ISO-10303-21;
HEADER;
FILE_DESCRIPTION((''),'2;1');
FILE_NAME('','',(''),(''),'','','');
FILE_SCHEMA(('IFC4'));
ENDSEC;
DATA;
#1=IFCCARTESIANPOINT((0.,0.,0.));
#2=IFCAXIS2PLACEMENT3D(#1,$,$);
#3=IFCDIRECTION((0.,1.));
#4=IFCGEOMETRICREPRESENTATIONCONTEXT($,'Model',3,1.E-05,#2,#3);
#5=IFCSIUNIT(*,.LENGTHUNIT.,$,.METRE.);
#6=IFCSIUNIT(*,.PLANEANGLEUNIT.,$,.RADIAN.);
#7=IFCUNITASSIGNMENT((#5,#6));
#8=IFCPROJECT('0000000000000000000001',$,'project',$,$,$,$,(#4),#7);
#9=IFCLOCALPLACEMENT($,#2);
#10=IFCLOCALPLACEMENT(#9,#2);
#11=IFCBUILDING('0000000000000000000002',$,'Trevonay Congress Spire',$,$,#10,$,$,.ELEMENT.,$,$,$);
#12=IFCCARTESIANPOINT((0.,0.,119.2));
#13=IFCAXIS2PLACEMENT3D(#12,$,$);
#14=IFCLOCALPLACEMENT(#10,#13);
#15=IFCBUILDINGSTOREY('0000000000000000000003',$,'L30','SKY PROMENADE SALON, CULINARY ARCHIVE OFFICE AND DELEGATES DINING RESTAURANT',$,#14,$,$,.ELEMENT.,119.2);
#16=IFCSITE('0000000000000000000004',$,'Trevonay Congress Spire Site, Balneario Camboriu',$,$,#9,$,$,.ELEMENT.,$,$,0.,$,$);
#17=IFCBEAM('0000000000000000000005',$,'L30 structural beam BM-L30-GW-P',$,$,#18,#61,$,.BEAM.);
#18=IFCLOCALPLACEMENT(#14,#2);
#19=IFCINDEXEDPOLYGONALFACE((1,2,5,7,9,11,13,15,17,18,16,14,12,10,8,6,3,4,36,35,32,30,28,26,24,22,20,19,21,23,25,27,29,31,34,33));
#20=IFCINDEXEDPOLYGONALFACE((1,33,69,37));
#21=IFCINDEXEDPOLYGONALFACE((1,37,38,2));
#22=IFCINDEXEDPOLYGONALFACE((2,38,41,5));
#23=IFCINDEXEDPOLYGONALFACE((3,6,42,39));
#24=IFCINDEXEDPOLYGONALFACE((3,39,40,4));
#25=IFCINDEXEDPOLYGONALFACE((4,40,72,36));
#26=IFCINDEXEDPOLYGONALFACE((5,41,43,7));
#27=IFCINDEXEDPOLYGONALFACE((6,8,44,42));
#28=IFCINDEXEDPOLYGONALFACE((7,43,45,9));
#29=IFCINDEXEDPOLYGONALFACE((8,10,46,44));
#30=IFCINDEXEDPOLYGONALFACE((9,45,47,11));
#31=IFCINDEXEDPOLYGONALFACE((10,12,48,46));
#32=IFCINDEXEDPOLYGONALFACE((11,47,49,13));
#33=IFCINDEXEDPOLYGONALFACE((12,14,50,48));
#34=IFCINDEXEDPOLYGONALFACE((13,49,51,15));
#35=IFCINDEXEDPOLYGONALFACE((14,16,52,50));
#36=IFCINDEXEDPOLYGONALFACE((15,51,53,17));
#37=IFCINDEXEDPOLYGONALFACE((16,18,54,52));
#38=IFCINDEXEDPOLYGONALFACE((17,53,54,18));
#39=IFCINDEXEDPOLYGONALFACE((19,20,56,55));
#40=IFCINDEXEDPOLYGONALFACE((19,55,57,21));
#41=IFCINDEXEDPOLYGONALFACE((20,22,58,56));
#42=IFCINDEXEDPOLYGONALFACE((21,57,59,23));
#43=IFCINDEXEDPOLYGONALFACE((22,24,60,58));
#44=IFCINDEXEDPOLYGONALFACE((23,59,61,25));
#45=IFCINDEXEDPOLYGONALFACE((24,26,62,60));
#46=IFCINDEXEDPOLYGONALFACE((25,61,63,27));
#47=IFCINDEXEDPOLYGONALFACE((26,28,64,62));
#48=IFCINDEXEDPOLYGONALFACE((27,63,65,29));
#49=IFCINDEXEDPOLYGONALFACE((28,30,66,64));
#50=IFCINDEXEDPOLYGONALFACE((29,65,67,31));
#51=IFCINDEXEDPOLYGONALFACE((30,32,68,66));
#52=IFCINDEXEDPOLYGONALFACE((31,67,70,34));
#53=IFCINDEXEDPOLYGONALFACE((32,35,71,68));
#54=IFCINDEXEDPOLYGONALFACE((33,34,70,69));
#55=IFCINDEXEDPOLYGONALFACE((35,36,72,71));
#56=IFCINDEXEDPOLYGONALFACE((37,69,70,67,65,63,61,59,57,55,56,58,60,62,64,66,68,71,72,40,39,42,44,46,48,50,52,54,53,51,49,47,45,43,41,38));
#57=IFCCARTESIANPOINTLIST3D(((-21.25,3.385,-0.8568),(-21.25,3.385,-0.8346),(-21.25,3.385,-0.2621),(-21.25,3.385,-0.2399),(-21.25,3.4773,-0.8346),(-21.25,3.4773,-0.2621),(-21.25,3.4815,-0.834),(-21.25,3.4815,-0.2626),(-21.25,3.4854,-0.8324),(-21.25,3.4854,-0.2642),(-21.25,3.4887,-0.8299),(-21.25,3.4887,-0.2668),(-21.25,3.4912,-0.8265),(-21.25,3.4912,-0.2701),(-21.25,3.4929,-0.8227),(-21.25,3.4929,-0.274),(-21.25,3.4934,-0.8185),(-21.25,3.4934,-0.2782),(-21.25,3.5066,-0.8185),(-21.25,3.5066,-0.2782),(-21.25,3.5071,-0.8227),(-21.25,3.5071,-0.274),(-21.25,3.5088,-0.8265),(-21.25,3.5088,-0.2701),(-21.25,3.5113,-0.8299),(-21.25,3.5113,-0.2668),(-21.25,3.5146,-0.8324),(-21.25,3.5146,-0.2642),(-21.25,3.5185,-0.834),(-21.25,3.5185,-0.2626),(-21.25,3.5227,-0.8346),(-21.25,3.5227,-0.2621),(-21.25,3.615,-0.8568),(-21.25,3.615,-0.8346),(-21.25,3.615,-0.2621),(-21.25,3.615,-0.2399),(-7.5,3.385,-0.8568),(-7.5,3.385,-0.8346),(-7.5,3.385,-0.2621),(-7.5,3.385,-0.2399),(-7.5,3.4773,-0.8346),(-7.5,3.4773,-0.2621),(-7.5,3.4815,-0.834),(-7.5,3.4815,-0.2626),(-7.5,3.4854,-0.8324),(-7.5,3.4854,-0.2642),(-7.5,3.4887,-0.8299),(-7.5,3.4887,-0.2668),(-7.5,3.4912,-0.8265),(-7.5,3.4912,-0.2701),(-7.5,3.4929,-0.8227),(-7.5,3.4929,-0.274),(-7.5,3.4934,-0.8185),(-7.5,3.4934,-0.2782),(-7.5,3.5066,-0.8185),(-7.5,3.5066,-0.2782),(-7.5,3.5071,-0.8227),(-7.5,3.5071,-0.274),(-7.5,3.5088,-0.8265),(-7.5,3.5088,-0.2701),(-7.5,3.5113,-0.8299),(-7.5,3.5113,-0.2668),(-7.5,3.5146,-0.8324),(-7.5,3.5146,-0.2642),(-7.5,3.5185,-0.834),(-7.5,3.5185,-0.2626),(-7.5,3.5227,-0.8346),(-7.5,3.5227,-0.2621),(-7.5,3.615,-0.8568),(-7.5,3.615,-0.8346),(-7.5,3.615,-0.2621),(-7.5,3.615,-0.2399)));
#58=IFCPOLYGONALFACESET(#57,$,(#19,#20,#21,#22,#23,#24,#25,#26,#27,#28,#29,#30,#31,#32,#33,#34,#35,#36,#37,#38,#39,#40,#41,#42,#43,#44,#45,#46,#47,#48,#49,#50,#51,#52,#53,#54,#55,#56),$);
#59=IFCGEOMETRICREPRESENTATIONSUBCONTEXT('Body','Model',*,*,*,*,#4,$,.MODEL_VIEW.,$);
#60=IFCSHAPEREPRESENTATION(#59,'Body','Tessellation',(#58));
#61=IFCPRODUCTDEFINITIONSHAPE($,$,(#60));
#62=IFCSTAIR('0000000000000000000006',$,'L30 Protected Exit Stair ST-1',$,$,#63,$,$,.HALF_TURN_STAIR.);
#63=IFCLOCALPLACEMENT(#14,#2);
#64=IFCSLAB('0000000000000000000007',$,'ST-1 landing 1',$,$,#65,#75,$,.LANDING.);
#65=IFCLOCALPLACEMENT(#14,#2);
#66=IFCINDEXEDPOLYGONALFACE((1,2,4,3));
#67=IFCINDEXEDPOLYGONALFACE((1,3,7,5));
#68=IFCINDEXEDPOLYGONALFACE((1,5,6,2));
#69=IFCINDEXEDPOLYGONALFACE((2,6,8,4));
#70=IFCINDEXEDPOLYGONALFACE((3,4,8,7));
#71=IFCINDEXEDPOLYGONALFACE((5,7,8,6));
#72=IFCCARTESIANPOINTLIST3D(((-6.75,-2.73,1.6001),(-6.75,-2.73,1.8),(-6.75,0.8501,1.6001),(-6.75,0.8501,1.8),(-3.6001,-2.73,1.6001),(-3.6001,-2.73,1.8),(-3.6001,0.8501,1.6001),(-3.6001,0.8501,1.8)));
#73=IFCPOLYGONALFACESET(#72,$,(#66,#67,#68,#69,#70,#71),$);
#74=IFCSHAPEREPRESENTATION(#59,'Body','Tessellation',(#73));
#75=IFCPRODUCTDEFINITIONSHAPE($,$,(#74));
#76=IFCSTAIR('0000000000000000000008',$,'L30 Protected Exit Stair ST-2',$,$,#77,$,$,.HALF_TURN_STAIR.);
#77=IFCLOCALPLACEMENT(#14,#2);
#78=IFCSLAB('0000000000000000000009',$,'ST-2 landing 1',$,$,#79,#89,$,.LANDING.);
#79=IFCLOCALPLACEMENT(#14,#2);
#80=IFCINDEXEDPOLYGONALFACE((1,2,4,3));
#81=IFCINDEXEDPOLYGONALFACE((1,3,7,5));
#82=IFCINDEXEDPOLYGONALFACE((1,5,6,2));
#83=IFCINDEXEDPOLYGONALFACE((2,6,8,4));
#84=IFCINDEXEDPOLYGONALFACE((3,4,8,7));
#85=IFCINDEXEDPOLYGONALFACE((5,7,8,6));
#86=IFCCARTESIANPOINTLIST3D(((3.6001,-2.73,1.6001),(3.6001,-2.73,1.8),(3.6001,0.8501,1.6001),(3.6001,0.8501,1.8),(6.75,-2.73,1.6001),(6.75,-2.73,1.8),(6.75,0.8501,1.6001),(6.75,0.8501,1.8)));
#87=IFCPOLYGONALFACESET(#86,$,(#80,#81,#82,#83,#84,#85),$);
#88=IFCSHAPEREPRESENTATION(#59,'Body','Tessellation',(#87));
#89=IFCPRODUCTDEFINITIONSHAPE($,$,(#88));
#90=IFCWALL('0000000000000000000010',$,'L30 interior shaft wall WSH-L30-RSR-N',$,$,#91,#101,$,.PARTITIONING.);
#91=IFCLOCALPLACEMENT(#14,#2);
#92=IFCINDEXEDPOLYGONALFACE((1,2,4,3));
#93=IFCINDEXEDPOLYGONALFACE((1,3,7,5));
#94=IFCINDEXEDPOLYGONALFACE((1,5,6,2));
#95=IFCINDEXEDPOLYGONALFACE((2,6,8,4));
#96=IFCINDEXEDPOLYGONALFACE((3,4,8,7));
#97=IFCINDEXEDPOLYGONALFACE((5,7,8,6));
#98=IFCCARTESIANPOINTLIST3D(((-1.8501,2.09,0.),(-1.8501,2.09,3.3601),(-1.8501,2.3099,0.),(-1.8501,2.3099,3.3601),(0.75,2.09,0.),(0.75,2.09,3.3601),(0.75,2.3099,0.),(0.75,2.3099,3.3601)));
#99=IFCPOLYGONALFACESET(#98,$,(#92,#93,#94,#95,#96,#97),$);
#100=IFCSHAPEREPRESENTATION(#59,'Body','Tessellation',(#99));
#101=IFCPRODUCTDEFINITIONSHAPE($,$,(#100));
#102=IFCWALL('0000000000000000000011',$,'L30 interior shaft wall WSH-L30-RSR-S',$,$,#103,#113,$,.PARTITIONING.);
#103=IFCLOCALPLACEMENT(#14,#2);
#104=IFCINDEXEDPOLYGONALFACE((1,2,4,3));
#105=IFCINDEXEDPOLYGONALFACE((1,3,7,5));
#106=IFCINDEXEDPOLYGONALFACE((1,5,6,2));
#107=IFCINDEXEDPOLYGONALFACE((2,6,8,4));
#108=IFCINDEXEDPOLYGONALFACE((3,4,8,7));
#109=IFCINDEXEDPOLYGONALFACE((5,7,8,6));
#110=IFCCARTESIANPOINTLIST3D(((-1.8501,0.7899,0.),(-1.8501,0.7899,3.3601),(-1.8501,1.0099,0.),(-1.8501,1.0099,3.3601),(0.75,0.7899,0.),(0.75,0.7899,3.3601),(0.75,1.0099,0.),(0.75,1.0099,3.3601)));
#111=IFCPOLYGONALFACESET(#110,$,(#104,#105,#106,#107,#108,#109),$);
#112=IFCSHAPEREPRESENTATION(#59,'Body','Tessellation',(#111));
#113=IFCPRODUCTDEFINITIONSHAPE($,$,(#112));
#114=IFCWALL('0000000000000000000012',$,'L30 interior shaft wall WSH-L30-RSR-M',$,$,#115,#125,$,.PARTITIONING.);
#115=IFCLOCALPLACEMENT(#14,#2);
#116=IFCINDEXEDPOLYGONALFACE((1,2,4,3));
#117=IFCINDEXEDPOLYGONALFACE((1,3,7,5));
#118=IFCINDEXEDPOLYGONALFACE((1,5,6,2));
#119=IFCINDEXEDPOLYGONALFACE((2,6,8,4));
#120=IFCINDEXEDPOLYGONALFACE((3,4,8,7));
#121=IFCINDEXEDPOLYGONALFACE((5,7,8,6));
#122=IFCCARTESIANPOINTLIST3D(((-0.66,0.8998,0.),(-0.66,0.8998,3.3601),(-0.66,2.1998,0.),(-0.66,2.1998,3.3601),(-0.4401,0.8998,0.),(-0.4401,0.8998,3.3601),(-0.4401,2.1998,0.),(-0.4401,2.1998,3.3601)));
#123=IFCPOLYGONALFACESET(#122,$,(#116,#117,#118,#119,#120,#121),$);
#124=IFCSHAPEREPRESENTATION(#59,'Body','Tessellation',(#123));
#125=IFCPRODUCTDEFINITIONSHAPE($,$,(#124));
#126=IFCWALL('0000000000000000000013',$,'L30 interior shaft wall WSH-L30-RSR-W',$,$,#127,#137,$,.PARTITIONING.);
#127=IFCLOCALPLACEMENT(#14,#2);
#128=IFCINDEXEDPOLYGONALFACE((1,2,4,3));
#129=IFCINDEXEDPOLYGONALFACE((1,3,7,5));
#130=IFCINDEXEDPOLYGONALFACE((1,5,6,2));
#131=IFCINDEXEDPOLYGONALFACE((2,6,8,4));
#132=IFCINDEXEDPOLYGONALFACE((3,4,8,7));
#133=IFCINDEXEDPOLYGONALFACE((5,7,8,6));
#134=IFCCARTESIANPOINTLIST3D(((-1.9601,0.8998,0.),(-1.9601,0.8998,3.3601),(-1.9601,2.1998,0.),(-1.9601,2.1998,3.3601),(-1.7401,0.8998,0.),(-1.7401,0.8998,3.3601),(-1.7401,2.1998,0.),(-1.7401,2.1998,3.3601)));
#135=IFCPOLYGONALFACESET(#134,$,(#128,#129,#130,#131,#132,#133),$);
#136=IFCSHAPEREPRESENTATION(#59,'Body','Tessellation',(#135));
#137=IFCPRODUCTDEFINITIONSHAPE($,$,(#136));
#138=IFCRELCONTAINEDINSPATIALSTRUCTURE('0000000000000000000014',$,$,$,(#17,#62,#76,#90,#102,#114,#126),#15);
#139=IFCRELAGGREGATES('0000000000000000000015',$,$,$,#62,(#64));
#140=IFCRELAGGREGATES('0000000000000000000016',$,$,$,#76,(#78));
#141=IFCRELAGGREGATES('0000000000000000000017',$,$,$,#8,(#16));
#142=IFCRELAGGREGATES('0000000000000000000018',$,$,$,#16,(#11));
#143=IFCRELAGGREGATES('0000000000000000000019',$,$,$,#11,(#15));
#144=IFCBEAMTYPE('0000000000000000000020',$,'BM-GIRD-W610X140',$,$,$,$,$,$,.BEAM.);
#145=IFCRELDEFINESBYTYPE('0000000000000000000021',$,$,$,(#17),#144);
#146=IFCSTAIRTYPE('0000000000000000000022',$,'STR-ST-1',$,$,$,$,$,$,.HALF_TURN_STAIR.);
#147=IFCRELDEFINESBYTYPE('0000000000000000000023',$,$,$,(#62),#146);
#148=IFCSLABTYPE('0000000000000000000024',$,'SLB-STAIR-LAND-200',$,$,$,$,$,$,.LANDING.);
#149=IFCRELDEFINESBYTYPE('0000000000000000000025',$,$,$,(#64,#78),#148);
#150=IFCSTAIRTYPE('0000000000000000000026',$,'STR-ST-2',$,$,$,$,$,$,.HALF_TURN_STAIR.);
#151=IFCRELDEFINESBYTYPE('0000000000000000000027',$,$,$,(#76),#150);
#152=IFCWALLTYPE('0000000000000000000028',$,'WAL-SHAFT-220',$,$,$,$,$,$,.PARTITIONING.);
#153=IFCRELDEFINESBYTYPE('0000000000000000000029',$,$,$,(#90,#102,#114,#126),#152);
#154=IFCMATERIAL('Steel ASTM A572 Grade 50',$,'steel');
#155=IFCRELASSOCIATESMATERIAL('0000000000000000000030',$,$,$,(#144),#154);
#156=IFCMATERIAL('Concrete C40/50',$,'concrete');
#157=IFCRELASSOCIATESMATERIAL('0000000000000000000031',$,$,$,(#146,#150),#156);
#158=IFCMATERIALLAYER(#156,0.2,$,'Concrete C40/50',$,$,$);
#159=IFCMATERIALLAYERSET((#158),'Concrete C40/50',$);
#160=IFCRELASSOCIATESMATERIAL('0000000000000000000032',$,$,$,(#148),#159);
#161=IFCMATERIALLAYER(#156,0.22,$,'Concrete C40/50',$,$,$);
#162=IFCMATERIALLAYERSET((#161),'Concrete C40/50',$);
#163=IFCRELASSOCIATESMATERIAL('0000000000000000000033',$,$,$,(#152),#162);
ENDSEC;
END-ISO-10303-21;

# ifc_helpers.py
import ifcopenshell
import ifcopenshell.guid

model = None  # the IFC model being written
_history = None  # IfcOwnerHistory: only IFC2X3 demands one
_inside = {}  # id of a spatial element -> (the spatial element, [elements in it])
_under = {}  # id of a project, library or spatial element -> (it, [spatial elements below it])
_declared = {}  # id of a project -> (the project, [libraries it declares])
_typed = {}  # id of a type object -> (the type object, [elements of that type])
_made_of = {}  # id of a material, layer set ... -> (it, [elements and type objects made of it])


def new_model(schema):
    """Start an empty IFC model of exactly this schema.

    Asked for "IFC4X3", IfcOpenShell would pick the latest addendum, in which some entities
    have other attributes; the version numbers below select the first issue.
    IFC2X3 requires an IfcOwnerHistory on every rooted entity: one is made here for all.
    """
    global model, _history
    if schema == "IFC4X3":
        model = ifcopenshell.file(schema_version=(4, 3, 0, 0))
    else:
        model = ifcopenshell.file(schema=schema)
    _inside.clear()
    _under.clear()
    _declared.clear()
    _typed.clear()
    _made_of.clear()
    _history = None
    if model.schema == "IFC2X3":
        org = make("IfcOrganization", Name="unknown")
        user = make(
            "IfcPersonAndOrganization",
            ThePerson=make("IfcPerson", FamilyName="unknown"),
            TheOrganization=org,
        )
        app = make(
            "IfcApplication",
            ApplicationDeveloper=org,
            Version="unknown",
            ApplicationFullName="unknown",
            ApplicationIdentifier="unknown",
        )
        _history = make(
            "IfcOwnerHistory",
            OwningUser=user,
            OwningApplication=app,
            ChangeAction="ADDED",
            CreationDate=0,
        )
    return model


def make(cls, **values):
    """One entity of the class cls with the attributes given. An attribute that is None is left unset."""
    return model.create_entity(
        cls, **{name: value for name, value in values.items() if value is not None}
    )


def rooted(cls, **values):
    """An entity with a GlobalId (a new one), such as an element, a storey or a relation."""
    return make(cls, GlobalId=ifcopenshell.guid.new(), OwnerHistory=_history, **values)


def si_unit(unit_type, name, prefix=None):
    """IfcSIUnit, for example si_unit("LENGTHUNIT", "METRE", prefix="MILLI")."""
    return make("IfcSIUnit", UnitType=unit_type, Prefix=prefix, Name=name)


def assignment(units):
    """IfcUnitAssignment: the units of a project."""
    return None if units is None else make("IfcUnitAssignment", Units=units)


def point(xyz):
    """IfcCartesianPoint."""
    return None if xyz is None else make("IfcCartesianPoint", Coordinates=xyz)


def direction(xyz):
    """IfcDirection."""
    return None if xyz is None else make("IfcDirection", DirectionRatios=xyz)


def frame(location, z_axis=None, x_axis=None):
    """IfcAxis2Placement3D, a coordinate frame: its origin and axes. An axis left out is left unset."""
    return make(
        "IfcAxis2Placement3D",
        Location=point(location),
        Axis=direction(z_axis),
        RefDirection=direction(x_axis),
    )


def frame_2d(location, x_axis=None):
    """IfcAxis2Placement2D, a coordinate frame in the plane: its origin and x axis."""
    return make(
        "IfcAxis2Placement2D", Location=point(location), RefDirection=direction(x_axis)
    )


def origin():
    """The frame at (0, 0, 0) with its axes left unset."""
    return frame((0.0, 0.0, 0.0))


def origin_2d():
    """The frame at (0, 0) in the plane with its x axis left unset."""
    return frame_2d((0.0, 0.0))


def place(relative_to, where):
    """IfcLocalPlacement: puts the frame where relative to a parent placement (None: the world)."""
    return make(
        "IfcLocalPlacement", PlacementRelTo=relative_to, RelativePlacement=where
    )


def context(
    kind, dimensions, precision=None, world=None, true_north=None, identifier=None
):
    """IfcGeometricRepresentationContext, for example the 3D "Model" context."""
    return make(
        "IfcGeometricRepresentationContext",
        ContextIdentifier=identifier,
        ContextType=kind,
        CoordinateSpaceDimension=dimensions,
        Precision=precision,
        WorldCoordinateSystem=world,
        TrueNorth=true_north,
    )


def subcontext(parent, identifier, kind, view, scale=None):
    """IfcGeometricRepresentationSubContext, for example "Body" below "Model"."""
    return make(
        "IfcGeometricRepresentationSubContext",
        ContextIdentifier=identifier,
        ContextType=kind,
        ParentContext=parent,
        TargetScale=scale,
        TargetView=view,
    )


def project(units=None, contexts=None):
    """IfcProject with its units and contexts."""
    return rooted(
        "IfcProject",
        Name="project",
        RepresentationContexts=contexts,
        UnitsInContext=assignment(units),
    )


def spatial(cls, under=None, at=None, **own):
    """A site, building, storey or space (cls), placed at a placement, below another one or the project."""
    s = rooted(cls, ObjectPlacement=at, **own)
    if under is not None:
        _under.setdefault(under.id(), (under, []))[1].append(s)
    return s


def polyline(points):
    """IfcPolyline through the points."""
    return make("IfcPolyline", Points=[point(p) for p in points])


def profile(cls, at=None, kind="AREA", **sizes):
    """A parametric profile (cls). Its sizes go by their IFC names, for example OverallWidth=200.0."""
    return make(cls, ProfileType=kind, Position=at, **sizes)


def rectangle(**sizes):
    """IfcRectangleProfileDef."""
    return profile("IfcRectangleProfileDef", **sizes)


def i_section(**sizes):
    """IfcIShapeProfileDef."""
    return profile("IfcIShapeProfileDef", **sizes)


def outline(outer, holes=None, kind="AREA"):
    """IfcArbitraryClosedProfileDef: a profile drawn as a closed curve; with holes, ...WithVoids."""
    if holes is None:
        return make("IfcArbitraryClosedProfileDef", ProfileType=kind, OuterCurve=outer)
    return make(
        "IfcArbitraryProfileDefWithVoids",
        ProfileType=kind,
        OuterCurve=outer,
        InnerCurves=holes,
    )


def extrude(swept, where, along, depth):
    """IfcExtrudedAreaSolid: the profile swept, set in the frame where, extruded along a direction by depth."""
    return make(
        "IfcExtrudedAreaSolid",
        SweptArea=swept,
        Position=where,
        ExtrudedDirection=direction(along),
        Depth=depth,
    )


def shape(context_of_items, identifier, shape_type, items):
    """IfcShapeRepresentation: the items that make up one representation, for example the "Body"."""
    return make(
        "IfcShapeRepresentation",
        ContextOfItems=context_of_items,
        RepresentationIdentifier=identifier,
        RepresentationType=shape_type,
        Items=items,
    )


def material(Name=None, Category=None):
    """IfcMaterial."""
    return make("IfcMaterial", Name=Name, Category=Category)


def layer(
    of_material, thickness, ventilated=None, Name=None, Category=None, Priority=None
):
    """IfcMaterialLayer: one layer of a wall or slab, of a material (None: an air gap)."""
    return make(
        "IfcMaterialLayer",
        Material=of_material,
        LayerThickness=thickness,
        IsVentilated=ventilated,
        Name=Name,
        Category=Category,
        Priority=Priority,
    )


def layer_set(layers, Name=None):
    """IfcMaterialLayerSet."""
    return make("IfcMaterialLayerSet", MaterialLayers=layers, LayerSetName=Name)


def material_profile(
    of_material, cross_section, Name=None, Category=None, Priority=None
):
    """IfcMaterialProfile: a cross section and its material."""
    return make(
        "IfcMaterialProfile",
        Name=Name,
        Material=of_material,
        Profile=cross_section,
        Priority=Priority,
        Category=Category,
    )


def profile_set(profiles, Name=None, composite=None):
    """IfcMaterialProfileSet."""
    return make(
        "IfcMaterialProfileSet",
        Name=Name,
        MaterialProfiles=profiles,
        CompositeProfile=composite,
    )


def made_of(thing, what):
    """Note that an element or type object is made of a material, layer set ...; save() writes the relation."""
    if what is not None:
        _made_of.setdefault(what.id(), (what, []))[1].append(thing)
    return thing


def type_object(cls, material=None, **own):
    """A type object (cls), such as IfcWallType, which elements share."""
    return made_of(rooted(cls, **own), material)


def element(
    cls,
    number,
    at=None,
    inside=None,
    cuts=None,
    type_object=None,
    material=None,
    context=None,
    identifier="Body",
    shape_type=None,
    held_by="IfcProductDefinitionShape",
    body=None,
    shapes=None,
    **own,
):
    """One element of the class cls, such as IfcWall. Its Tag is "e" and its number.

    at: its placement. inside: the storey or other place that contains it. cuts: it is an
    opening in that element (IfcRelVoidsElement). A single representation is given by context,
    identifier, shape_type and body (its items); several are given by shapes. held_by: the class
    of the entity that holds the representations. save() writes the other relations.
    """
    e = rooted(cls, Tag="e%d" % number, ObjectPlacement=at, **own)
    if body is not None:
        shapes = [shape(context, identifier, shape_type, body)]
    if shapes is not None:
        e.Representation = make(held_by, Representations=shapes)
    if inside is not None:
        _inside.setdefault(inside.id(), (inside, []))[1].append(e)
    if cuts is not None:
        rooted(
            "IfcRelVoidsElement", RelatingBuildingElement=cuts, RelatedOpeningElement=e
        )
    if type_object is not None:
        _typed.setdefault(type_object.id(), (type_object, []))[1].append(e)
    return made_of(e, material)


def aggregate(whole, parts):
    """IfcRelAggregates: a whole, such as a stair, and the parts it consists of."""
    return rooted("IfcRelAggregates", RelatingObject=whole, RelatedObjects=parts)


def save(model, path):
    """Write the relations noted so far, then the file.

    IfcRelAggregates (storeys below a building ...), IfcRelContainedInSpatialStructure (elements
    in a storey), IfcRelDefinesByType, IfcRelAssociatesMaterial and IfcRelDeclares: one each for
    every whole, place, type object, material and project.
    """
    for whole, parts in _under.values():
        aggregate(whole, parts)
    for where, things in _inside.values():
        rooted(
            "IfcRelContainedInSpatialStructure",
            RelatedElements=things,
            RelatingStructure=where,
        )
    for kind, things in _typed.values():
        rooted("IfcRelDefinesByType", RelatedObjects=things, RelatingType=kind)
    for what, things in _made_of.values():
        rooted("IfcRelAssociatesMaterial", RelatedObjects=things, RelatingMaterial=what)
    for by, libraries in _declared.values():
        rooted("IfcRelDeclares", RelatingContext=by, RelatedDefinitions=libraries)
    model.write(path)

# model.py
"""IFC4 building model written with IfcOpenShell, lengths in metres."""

from ifc_helpers import new_model, si_unit, direction, frame, frame_2d, origin, origin_2d, place, context, subcontext, project, spatial, polyline, rectangle, i_section, outline, extrude, material, layer, layer_set, material_profile, profile_set, type_object, element, aggregate, save


model = new_model("IFC4")

# Units and contexts
model_context = context("Model", 3, precision=1e-05, world=origin(), true_north=direction((0.0, 1.0)))
body_context = subcontext(model_context, "Body", "Model", "MODEL_VIEW")
ifc_project = project(units=[si_unit("LENGTHUNIT", "METRE"), si_unit("PLANEANGLEUNIT", "RADIAN")], contexts=[model_context])

# Site, building, storey
site_placement = place(None, origin())
site = spatial("IfcSite", under=ifc_project, at=site_placement, Name="Trevonay Congress Spire Site, Balneario Camboriu", CompositionType="ELEMENT", RefElevation=0.0)
building_placement = place(site_placement, origin())
building = spatial("IfcBuilding", under=site, at=building_placement, Name="Trevonay Congress Spire", CompositionType="ELEMENT")
storey_placement = place(building_placement, frame((0.0, 0.0, 119.2)))
storey = spatial("IfcBuildingStorey", under=building, at=storey_placement, Name="L30", Description="SKY PROMENADE SALON, CULINARY ARCHIVE OFFICE AND DELEGATES DINING RESTAURANT", CompositionType="ELEMENT", Elevation=119.2)

# Beam
ifc_material_1 = material(Name="Steel ASTM A572 Grade 50", Category="steel")
ifc_material_profile = material_profile(ifc_material_1, i_section(OverallWidth=0.23, OverallDepth=0.6169, WebThickness=0.0132, FlangeThickness=0.0222, FilletRadius=0.0161, at=origin_2d()), Name="W610x140")
ifc_profile_set = profile_set([ifc_material_profile], Name="Steel ASTM A572 Grade 50")
beam_type = type_object("IfcBeamType", Name="BM-GIRD-W610X140", PredefinedType="BEAM", material=ifc_profile_set)
beam_placement = place(storey_placement, frame((-7.5, 3.5, -0.5483), z_axis=(-1.0, 0.0, 0.0), x_axis=(0.0, -1.0, 0.0)))
element("IfcBeam", 1, at=beam_placement, inside=storey, type_object=beam_type, Name="L30 structural beam BM-L30-GW-P", PredefinedType="BEAM", context=body_context, shape_type="SweptSolid", body=[
    extrude(i_section(OverallWidth=0.23, OverallDepth=0.6169, WebThickness=0.0132, FlangeThickness=0.0222, FilletRadius=0.0161, at=origin_2d()), origin(), (0.0, 0.0, 1.0), 13.75),
])

# Stairs, slabs
ifc_material_2 = material(Name="Concrete C40/50", Category="concrete")
stair_type_1 = type_object("IfcStairType", Name="STR-ST-1", PredefinedType="HALF_TURN_STAIR", material=ifc_material_2)
stair_1_placement = place(storey_placement, origin())
stair_1 = element("IfcStair", 2, at=stair_1_placement, inside=storey, type_object=stair_type_1, Name="L30 Protected Exit Stair ST-1", PredefinedType="HALF_TURN_STAIR")
ifc_layer_1 = layer(ifc_material_2, 0.2, Name="Concrete C40/50")
ifc_layer_set_1 = layer_set([ifc_layer_1], Name="Concrete C40/50")
slab_type = type_object("IfcSlabType", Name="SLB-STAIR-LAND-200", PredefinedType="LANDING", material=ifc_layer_set_1)
slab_1_placement = place(storey_placement, frame((0.0, 0.0, 1.6001)))
slab_1 = element("IfcSlab", 3, at=slab_1_placement, type_object=slab_type, Name="ST-1 landing 1", PredefinedType="LANDING", context=body_context, shape_type="SweptSolid", body=[
    extrude(outline(polyline([(-3.6001, -2.73), (-3.6001, 0.8501), (-6.75, 0.8501), (-6.75, -2.73), (-3.6001, -2.73)])), origin(), (0.0, 0.0, 1.0), 0.2),
])
aggregate(stair_1, [slab_1])
stair_type_2 = type_object("IfcStairType", Name="STR-ST-2", PredefinedType="HALF_TURN_STAIR", material=ifc_material_2)
stair_2_placement = place(storey_placement, origin())
stair_2 = element("IfcStair", 4, at=stair_2_placement, inside=storey, type_object=stair_type_2, Name="L30 Protected Exit Stair ST-2", PredefinedType="HALF_TURN_STAIR")
slab_2_placement = place(storey_placement, frame((0.0, 0.0, 1.6001)))
slab_2 = element("IfcSlab", 5, at=slab_2_placement, type_object=slab_type, Name="ST-2 landing 1", PredefinedType="LANDING", context=body_context, shape_type="SweptSolid", body=[
    extrude(outline(polyline([(6.75, -2.73), (6.75, 0.8501), (3.6001, 0.8501), (3.6001, -2.73), (6.75, -2.73)])), origin(), (0.0, 0.0, 1.0), 0.2),
])
aggregate(stair_2, [slab_2])

# Walls
ifc_layer_2 = layer(ifc_material_2, 0.22, Name="Concrete C40/50")
ifc_layer_set_2 = layer_set([ifc_layer_2], Name="Concrete C40/50")
wall_type_1 = type_object("IfcWallType", Name="WAL-SHAFT-220", PredefinedType="PARTITIONING", material=ifc_layer_set_2)
for number, where, z_axis, x_axis, name in (
    (6, (-1.8501, 2.2, 0.0), (0.0, 0.0, 1.0), (1.0, 0.0, 0.0), "L30 interior shaft wall WSH-L30-RSR-N"),
    (7, (-1.8501, 0.8999, 0.0), (0.0, 0.0, 1.0), (1.0, 0.0, 0.0), "L30 interior shaft wall WSH-L30-RSR-S"),
):
    element("IfcWall", number, at=place(storey_placement, frame(where, z_axis=z_axis, x_axis=x_axis)), inside=storey, type_object=wall_type_1, Name=name, PredefinedType="PARTITIONING", context=body_context, shape_type="SweptSolid", body=[
        extrude(rectangle(XDim=2.6001, YDim=0.22, at=frame_2d((1.3, 0.0))), origin(), (0.0, 0.0, 1.0), 3.3601),
    ])
for number, where, z_axis, x_axis, name in (
    (8, (-0.55, 0.8999, 0.0), (0.0, 0.0, 1.0), (0.0, 1.0, 0.0), "L30 interior shaft wall WSH-L30-RSR-M"),
    (9, (-1.8501, 0.8999, 0.0), (0.0, 0.0, 1.0), (0.0, 1.0, 0.0), "L30 interior shaft wall WSH-L30-RSR-W"),
):
    element("IfcWall", number, at=place(storey_placement, frame(where, z_axis=z_axis, x_axis=x_axis)), inside=storey, type_object=wall_type_1, Name=name, PredefinedType="PARTITIONING", context=body_context, shape_type="SweptSolid", body=[
        extrude(rectangle(XDim=1.3, YDim=0.22, at=frame_2d((0.6499, 0.0))), origin(), (0.0, 0.0, 1.0), 3.3601),
    ])

save(model, "model.ifc")
